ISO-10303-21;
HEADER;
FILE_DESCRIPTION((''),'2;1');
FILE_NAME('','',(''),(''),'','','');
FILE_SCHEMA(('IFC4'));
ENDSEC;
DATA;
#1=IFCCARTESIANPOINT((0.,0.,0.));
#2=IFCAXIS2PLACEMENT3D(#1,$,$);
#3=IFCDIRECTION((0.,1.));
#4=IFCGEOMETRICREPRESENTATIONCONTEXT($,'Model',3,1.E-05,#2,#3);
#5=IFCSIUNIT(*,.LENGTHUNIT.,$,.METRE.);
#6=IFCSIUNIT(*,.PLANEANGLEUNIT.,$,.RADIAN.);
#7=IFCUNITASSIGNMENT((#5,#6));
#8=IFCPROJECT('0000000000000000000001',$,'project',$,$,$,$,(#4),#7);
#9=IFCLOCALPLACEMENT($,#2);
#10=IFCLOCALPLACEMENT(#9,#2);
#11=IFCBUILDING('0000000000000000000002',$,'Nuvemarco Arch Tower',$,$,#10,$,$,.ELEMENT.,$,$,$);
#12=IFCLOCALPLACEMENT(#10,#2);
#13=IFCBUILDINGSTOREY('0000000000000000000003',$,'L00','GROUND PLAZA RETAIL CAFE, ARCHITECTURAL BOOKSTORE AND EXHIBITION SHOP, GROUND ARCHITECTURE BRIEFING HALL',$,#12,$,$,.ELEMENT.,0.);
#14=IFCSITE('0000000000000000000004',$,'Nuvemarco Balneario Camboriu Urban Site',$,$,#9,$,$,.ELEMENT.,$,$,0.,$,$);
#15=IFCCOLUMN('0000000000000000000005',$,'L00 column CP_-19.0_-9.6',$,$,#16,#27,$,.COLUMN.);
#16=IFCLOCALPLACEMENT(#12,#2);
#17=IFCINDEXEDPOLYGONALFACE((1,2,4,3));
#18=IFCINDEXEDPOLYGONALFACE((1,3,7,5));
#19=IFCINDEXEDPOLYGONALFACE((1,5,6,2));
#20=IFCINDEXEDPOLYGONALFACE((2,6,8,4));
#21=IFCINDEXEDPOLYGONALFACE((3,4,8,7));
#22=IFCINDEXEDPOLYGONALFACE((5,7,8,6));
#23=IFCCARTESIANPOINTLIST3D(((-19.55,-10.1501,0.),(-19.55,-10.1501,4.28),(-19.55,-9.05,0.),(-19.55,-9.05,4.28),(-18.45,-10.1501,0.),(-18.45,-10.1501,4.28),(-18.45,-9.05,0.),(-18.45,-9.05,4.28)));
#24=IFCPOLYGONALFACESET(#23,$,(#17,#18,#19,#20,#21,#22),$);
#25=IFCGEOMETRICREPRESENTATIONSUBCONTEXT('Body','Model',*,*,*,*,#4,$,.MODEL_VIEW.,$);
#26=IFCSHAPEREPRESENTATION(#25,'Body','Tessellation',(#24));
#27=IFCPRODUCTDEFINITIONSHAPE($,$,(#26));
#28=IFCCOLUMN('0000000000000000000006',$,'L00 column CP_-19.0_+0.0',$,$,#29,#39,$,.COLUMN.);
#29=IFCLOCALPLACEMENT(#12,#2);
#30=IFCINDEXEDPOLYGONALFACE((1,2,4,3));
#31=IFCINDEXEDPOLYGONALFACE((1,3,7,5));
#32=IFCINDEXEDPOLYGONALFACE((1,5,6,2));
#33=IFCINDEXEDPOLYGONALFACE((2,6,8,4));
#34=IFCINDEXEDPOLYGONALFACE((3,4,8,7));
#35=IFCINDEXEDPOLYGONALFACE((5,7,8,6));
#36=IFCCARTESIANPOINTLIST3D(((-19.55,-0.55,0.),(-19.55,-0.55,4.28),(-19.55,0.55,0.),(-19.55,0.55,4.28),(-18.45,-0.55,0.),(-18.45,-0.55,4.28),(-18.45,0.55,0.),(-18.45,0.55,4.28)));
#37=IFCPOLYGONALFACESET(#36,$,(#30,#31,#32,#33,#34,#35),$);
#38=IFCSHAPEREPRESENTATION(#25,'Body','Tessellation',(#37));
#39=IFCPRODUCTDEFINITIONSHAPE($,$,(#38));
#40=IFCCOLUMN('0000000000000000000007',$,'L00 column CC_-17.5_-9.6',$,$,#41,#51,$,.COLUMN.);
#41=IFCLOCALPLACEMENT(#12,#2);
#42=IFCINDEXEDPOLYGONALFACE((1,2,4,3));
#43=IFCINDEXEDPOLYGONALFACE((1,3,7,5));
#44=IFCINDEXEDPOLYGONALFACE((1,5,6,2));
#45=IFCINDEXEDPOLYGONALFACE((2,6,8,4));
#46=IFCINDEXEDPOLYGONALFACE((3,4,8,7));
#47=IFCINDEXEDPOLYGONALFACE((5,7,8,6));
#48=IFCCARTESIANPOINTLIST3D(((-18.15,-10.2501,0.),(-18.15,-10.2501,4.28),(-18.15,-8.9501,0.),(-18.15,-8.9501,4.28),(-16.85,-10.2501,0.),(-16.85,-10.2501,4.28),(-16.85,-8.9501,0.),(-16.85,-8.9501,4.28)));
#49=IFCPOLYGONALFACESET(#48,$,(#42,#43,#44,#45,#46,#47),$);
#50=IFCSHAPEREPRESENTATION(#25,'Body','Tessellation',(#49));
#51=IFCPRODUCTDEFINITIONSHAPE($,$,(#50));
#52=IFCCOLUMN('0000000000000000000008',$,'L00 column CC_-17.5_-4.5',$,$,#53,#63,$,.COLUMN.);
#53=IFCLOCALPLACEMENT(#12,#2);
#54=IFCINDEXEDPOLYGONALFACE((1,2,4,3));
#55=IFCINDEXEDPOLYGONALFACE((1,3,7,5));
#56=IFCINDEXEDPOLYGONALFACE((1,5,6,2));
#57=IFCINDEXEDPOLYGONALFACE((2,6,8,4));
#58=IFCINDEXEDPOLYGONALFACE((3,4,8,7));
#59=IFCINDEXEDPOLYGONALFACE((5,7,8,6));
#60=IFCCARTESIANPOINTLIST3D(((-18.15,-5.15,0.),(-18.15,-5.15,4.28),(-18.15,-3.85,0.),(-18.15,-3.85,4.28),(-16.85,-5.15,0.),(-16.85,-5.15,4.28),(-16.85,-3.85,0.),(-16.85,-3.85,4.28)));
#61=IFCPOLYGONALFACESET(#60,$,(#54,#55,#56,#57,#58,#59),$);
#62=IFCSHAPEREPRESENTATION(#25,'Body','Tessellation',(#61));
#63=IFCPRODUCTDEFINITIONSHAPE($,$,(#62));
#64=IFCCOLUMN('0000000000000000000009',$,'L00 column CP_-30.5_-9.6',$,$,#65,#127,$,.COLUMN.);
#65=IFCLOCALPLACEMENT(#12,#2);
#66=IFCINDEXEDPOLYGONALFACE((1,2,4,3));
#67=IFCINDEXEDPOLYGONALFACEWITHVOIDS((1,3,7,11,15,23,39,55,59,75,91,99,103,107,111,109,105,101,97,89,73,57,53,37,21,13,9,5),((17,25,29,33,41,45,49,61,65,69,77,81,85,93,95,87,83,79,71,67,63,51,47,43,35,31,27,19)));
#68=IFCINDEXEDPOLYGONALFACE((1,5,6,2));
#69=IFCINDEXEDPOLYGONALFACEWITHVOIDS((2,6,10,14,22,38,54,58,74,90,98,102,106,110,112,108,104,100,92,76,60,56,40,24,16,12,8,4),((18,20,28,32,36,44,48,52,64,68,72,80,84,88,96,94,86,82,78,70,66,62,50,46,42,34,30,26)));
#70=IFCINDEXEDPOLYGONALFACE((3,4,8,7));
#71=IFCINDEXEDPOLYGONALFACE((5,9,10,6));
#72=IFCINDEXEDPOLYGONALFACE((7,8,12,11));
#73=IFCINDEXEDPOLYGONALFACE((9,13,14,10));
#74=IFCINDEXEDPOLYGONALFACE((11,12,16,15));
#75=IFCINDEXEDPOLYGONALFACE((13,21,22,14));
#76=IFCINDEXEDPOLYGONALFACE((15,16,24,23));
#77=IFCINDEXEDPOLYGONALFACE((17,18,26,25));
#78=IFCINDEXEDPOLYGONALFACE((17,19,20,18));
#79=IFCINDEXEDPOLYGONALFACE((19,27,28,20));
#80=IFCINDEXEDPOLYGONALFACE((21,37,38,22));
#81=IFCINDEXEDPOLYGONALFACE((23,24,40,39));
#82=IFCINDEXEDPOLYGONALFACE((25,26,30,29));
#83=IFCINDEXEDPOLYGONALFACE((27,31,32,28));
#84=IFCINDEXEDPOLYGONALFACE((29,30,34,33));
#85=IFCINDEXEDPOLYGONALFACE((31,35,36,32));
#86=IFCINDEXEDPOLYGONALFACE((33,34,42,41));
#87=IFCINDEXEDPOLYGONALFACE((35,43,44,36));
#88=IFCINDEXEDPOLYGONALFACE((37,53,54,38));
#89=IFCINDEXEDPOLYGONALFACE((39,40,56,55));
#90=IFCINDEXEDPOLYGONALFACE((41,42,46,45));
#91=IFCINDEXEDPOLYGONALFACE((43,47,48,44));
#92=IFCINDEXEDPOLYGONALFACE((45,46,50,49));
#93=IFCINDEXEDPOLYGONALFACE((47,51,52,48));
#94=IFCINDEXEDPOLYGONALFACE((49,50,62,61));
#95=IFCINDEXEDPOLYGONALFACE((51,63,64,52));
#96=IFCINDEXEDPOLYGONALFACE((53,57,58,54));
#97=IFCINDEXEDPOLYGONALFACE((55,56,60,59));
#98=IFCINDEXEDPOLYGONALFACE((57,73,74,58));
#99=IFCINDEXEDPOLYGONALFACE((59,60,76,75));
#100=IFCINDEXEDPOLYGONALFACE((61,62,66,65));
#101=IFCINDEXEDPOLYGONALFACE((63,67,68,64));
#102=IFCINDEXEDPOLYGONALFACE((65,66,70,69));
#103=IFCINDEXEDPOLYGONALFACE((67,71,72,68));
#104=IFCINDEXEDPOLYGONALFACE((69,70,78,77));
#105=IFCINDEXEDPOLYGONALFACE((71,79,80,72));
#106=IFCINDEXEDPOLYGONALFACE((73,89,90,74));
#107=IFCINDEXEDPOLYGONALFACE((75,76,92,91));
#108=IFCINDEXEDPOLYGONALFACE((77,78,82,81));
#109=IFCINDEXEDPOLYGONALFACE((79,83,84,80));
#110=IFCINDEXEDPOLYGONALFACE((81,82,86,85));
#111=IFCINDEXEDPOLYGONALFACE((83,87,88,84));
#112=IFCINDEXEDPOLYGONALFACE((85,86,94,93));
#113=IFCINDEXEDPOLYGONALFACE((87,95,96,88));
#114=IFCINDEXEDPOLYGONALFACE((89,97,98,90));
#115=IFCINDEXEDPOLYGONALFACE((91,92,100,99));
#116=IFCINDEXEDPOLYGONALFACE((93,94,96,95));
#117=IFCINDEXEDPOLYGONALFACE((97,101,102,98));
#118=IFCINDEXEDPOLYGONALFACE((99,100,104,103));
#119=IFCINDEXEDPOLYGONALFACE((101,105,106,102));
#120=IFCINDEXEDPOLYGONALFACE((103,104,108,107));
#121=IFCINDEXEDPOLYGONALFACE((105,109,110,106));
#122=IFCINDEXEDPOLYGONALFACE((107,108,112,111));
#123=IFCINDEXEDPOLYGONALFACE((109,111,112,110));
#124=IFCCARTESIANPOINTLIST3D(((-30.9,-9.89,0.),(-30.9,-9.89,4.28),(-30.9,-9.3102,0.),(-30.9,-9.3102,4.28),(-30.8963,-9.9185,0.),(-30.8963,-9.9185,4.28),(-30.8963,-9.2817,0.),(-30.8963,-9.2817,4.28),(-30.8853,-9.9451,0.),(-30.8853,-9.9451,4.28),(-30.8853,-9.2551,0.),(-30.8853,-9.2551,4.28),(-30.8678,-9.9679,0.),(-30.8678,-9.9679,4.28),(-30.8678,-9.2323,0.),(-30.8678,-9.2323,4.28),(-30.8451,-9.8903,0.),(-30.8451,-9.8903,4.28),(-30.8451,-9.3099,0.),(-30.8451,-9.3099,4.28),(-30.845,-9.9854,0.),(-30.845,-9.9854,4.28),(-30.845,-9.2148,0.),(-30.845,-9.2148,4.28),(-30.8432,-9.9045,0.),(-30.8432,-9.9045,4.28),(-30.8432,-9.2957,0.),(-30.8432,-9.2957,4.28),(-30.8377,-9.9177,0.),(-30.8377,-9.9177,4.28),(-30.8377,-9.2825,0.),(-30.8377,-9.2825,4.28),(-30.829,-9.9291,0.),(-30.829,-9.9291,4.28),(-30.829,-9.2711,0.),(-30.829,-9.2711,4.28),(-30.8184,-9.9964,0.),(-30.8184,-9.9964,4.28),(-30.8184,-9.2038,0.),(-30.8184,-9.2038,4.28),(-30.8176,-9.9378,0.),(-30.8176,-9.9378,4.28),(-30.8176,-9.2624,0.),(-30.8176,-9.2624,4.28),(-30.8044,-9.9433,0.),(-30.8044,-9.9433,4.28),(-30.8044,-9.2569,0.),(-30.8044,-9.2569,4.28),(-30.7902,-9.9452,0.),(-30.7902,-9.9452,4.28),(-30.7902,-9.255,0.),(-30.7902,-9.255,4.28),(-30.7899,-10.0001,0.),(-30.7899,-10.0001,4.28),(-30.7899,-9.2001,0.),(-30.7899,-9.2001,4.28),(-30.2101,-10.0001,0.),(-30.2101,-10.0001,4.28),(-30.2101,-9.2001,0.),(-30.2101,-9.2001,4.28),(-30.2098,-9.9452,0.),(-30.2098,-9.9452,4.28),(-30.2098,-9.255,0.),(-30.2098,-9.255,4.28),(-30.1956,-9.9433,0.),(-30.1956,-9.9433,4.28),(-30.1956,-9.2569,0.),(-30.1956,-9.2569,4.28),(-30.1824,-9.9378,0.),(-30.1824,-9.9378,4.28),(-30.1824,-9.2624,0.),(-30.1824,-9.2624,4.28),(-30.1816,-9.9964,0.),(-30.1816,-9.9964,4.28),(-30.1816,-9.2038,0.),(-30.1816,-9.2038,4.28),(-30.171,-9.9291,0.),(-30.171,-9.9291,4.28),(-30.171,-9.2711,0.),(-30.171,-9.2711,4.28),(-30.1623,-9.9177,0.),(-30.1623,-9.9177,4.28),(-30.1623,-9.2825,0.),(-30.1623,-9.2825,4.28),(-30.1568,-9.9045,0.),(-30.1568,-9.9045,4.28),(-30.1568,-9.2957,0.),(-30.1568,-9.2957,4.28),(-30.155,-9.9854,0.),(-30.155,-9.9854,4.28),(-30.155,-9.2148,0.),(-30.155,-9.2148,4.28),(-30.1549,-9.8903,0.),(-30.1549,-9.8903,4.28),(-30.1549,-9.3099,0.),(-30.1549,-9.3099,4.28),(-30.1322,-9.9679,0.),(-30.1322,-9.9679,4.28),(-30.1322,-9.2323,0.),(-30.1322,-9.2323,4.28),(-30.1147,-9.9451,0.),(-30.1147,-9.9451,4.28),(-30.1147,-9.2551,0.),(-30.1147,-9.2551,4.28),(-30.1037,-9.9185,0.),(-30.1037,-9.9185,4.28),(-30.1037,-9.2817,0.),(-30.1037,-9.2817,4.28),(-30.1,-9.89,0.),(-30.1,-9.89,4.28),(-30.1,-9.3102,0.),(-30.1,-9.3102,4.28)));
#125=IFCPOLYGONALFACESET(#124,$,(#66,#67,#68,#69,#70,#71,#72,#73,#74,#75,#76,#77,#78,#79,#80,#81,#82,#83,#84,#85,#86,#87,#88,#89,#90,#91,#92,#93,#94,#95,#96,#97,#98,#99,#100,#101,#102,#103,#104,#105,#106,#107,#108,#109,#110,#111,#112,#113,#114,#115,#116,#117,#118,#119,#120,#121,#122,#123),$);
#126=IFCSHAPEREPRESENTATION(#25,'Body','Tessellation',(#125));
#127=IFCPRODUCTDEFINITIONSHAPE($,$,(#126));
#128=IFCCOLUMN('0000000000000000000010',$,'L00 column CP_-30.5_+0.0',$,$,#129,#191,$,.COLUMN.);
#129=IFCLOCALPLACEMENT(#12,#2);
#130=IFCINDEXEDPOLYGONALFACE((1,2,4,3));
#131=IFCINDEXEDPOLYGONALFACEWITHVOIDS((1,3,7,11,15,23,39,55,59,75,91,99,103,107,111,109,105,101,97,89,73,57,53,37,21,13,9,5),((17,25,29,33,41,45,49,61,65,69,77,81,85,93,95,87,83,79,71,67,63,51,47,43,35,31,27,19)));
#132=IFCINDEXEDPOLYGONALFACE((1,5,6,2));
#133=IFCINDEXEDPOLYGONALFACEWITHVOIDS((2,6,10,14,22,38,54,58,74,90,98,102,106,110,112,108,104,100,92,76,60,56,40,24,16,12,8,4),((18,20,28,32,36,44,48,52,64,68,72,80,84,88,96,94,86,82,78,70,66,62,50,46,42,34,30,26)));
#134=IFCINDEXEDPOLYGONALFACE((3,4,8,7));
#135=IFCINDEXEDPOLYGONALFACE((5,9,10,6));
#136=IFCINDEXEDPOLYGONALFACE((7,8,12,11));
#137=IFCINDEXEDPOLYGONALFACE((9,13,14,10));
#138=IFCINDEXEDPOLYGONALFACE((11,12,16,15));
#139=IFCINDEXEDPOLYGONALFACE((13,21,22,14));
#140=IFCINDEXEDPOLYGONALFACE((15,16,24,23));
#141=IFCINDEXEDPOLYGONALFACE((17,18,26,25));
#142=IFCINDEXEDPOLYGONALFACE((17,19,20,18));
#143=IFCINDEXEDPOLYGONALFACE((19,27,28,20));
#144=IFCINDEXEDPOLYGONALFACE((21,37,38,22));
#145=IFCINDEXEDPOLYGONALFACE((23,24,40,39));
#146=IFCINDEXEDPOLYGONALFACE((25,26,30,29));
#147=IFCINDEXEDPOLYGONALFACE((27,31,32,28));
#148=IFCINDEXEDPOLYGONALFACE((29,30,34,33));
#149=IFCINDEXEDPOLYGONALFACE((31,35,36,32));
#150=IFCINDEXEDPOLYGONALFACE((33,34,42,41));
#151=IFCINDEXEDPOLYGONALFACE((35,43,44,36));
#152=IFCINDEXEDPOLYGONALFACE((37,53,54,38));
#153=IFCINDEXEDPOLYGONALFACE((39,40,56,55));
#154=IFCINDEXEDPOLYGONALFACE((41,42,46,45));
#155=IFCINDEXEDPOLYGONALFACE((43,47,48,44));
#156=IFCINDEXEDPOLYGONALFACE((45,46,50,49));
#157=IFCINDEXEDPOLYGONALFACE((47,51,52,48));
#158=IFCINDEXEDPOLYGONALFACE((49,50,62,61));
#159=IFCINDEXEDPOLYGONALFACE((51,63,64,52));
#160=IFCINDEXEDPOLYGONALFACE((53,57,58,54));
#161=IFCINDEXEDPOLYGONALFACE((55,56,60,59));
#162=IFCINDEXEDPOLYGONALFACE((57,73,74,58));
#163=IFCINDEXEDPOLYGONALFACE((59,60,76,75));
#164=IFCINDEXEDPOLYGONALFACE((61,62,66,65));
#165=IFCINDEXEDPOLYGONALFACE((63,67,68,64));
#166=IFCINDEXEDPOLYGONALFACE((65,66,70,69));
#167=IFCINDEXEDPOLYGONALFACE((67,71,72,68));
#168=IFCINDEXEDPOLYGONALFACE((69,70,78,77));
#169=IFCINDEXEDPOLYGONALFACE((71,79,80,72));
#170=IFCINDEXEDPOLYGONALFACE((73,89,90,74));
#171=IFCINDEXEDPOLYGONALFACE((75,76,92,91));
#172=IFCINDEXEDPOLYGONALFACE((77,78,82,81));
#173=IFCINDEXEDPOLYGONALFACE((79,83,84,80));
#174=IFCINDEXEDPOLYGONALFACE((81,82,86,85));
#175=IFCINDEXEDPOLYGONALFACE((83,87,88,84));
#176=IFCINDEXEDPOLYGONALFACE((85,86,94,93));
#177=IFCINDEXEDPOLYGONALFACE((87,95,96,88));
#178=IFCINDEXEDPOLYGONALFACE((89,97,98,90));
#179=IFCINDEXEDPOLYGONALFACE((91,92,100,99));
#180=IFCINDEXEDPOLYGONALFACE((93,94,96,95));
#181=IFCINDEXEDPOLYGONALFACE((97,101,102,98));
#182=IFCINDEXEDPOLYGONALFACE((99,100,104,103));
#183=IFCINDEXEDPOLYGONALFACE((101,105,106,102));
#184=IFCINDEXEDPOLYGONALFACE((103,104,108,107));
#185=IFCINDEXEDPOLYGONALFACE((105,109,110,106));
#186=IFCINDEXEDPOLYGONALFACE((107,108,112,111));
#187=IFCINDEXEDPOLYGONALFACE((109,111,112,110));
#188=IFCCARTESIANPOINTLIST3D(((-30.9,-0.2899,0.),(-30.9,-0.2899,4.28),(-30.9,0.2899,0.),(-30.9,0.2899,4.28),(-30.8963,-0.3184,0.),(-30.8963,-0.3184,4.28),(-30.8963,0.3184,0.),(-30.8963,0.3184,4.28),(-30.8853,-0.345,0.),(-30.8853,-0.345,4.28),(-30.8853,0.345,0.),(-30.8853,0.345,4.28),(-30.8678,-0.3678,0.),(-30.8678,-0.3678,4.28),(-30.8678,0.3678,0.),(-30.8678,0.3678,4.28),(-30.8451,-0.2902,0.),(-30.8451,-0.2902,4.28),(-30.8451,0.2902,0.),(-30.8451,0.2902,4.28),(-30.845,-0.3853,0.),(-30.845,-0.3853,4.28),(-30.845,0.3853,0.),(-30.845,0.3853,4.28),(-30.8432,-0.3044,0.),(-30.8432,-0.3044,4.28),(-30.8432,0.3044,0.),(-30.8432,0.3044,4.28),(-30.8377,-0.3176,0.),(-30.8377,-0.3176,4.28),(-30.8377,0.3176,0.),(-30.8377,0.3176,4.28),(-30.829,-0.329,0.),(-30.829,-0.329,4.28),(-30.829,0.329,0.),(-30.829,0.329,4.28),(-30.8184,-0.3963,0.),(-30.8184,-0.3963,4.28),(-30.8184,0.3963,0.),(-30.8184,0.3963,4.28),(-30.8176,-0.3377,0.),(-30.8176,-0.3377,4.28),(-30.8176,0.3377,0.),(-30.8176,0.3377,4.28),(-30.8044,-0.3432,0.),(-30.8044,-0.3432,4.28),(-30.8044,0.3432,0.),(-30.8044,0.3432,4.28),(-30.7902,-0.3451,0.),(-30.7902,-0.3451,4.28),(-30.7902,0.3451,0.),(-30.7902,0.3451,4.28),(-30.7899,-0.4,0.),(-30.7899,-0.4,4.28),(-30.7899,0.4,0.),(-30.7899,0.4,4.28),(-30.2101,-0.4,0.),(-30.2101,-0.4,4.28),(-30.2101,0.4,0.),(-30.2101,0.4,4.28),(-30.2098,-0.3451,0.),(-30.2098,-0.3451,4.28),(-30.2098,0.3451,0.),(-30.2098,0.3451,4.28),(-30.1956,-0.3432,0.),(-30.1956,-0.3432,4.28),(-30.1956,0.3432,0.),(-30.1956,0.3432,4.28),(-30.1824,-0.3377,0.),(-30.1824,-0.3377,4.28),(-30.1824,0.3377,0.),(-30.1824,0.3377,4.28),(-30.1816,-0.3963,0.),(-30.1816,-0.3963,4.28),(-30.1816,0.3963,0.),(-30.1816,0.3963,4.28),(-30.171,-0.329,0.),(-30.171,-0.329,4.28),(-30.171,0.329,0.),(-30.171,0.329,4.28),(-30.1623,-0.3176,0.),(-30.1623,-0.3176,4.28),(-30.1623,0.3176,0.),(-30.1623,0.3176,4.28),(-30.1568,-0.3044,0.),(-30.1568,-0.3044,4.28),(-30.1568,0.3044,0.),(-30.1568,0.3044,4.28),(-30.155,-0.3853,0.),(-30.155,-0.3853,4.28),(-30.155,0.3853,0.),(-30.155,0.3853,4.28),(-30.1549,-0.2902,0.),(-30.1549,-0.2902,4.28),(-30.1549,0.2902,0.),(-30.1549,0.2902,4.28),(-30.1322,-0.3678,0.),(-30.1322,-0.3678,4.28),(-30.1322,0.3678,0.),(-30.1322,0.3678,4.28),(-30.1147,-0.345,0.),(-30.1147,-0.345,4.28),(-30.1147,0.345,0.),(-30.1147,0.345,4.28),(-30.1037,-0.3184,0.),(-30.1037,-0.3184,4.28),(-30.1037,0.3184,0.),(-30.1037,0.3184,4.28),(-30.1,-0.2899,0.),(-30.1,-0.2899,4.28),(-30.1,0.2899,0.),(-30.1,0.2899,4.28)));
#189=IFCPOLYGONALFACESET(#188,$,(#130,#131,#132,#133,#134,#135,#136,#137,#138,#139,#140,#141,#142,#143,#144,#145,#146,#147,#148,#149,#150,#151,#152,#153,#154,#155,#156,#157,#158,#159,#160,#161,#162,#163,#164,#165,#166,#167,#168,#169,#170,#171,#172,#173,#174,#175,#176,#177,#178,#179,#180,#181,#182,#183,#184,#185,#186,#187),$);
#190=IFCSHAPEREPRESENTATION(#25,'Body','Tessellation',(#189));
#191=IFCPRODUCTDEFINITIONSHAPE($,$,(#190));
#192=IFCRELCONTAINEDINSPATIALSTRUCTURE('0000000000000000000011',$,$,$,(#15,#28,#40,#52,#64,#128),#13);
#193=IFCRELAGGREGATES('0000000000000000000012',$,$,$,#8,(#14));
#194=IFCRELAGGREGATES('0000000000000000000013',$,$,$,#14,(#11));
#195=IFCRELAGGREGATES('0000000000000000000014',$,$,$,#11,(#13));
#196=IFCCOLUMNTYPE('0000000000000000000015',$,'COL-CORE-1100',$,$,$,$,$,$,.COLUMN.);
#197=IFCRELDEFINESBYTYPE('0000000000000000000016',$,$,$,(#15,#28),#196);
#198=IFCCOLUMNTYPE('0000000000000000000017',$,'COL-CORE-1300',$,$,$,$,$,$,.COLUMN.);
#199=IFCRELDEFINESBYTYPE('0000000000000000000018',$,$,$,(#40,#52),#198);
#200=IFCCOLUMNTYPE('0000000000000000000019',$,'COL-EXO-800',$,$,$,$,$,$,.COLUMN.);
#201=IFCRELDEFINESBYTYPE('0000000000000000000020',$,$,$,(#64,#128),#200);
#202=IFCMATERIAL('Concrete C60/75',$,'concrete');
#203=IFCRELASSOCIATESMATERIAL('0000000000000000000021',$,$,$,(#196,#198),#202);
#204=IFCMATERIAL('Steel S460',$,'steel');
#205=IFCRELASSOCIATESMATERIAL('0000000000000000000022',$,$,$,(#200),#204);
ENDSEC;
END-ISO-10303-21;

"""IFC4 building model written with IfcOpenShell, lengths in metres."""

from ifc_helpers import new_model, si_unit, direction, frame, origin, origin_2d, place, context, subcontext, project, spatial, rectangle, hollow_rectangle, extrude, material, material_profile, profile_set, type_object, element, save


model = new_model("IFC4")

# Units and contexts
model_context = context("Model", 3, precision=1e-05, world=origin(), true_north=direction((0.0, 1.0)))
body_context = subcontext(model_context, "Body", "Model", "MODEL_VIEW")
ifc_project = project(units=[si_unit("LENGTHUNIT", "METRE"), si_unit("PLANEANGLEUNIT", "RADIAN")], contexts=[model_context])

# Site, building, storey
site_placement = place(None, origin())
site = spatial("IfcSite", under=ifc_project, at=site_placement, Name="Nuvemarco Balneario Camboriu Urban Site", CompositionType="ELEMENT", RefElevation=0.0)
building_placement = place(site_placement, origin())
building = spatial("IfcBuilding", under=site, at=building_placement, Name="Nuvemarco Arch Tower", CompositionType="ELEMENT")
storey_placement = place(building_placement, origin())
storey = spatial("IfcBuildingStorey", under=building, at=storey_placement, Name="L00", Description="GROUND PLAZA RETAIL CAFE, ARCHITECTURAL BOOKSTORE AND EXHIBITION SHOP, GROUND ARCHITECTURE BRIEFING HALL", CompositionType="ELEMENT", Elevation=0.0)

# Columns
ifc_material_1 = material(Name="Concrete C60/75", Category="concrete")
ifc_material_profile_1 = material_profile(ifc_material_1, rectangle(XDim=1.1001, YDim=1.1001, at=origin_2d()), Name="RC-COL-1100x1100")
ifc_profile_set_1 = profile_set([ifc_material_profile_1], Name="Concrete C60/75")
column_type_1 = type_object("IfcColumnType", Name="COL-CORE-1100", PredefinedType="COLUMN", material=ifc_profile_set_1)
for number, where, z_axis, x_axis, name in (
    (1, (-19.0, -9.6001, 0.0), (0.0, 0.0, 1.0), (1.0, 0.0, 0.0), "L00 column CP_-19.0_-9.6"),
    (2, (-19.0, 0.0, 0.0), (0.0, 0.0, 1.0), (1.0, 0.0, 0.0), "L00 column CP_-19.0_+0.0"),
):
    element("IfcColumn", number, at=place(storey_placement, frame(where, z_axis=z_axis, x_axis=x_axis)), inside=storey, type_object=column_type_1, Name=name, PredefinedType="COLUMN", context=body_context, shape_type="SweptSolid", body=[
        extrude(rectangle(XDim=1.1001, YDim=1.1001, at=origin_2d()), origin(), (0.0, 0.0, 1.0), 4.28),
    ])
ifc_material_profile_2 = material_profile(ifc_material_1, rectangle(XDim=1.3, YDim=1.3, at=origin_2d()), Name="RC-COL-1300x1300")
ifc_profile_set_2 = profile_set([ifc_material_profile_2], Name="Concrete C60/75")
column_type_2 = type_object("IfcColumnType", Name="COL-CORE-1300", PredefinedType="COLUMN", material=ifc_profile_set_2)
for number, where, z_axis, x_axis, name in (
    (3, (-17.5, -9.6001, 0.0), (0.0, 0.0, 1.0), (1.0, 0.0, 0.0), "L00 column CC_-17.5_-9.6"),
    (4, (-17.5, -4.5, 0.0), (0.0, 0.0, 1.0), (1.0, 0.0, 0.0), "L00 column CC_-17.5_-4.5"),
):
    element("IfcColumn", number, at=place(storey_placement, frame(where, z_axis=z_axis, x_axis=x_axis)), inside=storey, type_object=column_type_2, Name=name, PredefinedType="COLUMN", context=body_context, shape_type="SweptSolid", body=[
        extrude(rectangle(XDim=1.3, YDim=1.3, at=origin_2d()), origin(), (0.0, 0.0, 1.0), 4.28),
    ])
ifc_material_2 = material(Name="Steel S460", Category="steel")
ifc_material_profile_3 = material_profile(ifc_material_2, hollow_rectangle(XDim=0.8, YDim=0.8, WallThickness=0.0549, InnerFilletRadius=0.0549, OuterFilletRadius=0.1101, at=origin_2d()), Name="SHS800x800x55")
ifc_profile_set_3 = profile_set([ifc_material_profile_3], Name="Steel S460")
column_type_3 = type_object("IfcColumnType", Name="COL-EXO-800", PredefinedType="COLUMN", material=ifc_profile_set_3)
for number, where, z_axis, x_axis, name in (
    (5, (-30.5, -9.6001, 0.0), (0.0, 0.0, 1.0), (1.0, 0.0, 0.0), "L00 column CP_-30.5_-9.6"),
    (6, (-30.5, 0.0, 0.0), (0.0, 0.0, 1.0), (1.0, 0.0, 0.0), "L00 column CP_-30.5_+0.0"),
):
    element("IfcColumn", number, at=place(storey_placement, frame(where, z_axis=z_axis, x_axis=x_axis)), inside=storey, type_object=column_type_3, Name=name, PredefinedType="COLUMN", context=body_context, shape_type="SweptSolid", body=[
        extrude(hollow_rectangle(XDim=0.8, YDim=0.8, WallThickness=0.0549, InnerFilletRadius=0.0549, OuterFilletRadius=0.1101, at=origin_2d()), origin(), (0.0, 0.0, 1.0), 4.28),
    ])

save(model, "model.ifc")
